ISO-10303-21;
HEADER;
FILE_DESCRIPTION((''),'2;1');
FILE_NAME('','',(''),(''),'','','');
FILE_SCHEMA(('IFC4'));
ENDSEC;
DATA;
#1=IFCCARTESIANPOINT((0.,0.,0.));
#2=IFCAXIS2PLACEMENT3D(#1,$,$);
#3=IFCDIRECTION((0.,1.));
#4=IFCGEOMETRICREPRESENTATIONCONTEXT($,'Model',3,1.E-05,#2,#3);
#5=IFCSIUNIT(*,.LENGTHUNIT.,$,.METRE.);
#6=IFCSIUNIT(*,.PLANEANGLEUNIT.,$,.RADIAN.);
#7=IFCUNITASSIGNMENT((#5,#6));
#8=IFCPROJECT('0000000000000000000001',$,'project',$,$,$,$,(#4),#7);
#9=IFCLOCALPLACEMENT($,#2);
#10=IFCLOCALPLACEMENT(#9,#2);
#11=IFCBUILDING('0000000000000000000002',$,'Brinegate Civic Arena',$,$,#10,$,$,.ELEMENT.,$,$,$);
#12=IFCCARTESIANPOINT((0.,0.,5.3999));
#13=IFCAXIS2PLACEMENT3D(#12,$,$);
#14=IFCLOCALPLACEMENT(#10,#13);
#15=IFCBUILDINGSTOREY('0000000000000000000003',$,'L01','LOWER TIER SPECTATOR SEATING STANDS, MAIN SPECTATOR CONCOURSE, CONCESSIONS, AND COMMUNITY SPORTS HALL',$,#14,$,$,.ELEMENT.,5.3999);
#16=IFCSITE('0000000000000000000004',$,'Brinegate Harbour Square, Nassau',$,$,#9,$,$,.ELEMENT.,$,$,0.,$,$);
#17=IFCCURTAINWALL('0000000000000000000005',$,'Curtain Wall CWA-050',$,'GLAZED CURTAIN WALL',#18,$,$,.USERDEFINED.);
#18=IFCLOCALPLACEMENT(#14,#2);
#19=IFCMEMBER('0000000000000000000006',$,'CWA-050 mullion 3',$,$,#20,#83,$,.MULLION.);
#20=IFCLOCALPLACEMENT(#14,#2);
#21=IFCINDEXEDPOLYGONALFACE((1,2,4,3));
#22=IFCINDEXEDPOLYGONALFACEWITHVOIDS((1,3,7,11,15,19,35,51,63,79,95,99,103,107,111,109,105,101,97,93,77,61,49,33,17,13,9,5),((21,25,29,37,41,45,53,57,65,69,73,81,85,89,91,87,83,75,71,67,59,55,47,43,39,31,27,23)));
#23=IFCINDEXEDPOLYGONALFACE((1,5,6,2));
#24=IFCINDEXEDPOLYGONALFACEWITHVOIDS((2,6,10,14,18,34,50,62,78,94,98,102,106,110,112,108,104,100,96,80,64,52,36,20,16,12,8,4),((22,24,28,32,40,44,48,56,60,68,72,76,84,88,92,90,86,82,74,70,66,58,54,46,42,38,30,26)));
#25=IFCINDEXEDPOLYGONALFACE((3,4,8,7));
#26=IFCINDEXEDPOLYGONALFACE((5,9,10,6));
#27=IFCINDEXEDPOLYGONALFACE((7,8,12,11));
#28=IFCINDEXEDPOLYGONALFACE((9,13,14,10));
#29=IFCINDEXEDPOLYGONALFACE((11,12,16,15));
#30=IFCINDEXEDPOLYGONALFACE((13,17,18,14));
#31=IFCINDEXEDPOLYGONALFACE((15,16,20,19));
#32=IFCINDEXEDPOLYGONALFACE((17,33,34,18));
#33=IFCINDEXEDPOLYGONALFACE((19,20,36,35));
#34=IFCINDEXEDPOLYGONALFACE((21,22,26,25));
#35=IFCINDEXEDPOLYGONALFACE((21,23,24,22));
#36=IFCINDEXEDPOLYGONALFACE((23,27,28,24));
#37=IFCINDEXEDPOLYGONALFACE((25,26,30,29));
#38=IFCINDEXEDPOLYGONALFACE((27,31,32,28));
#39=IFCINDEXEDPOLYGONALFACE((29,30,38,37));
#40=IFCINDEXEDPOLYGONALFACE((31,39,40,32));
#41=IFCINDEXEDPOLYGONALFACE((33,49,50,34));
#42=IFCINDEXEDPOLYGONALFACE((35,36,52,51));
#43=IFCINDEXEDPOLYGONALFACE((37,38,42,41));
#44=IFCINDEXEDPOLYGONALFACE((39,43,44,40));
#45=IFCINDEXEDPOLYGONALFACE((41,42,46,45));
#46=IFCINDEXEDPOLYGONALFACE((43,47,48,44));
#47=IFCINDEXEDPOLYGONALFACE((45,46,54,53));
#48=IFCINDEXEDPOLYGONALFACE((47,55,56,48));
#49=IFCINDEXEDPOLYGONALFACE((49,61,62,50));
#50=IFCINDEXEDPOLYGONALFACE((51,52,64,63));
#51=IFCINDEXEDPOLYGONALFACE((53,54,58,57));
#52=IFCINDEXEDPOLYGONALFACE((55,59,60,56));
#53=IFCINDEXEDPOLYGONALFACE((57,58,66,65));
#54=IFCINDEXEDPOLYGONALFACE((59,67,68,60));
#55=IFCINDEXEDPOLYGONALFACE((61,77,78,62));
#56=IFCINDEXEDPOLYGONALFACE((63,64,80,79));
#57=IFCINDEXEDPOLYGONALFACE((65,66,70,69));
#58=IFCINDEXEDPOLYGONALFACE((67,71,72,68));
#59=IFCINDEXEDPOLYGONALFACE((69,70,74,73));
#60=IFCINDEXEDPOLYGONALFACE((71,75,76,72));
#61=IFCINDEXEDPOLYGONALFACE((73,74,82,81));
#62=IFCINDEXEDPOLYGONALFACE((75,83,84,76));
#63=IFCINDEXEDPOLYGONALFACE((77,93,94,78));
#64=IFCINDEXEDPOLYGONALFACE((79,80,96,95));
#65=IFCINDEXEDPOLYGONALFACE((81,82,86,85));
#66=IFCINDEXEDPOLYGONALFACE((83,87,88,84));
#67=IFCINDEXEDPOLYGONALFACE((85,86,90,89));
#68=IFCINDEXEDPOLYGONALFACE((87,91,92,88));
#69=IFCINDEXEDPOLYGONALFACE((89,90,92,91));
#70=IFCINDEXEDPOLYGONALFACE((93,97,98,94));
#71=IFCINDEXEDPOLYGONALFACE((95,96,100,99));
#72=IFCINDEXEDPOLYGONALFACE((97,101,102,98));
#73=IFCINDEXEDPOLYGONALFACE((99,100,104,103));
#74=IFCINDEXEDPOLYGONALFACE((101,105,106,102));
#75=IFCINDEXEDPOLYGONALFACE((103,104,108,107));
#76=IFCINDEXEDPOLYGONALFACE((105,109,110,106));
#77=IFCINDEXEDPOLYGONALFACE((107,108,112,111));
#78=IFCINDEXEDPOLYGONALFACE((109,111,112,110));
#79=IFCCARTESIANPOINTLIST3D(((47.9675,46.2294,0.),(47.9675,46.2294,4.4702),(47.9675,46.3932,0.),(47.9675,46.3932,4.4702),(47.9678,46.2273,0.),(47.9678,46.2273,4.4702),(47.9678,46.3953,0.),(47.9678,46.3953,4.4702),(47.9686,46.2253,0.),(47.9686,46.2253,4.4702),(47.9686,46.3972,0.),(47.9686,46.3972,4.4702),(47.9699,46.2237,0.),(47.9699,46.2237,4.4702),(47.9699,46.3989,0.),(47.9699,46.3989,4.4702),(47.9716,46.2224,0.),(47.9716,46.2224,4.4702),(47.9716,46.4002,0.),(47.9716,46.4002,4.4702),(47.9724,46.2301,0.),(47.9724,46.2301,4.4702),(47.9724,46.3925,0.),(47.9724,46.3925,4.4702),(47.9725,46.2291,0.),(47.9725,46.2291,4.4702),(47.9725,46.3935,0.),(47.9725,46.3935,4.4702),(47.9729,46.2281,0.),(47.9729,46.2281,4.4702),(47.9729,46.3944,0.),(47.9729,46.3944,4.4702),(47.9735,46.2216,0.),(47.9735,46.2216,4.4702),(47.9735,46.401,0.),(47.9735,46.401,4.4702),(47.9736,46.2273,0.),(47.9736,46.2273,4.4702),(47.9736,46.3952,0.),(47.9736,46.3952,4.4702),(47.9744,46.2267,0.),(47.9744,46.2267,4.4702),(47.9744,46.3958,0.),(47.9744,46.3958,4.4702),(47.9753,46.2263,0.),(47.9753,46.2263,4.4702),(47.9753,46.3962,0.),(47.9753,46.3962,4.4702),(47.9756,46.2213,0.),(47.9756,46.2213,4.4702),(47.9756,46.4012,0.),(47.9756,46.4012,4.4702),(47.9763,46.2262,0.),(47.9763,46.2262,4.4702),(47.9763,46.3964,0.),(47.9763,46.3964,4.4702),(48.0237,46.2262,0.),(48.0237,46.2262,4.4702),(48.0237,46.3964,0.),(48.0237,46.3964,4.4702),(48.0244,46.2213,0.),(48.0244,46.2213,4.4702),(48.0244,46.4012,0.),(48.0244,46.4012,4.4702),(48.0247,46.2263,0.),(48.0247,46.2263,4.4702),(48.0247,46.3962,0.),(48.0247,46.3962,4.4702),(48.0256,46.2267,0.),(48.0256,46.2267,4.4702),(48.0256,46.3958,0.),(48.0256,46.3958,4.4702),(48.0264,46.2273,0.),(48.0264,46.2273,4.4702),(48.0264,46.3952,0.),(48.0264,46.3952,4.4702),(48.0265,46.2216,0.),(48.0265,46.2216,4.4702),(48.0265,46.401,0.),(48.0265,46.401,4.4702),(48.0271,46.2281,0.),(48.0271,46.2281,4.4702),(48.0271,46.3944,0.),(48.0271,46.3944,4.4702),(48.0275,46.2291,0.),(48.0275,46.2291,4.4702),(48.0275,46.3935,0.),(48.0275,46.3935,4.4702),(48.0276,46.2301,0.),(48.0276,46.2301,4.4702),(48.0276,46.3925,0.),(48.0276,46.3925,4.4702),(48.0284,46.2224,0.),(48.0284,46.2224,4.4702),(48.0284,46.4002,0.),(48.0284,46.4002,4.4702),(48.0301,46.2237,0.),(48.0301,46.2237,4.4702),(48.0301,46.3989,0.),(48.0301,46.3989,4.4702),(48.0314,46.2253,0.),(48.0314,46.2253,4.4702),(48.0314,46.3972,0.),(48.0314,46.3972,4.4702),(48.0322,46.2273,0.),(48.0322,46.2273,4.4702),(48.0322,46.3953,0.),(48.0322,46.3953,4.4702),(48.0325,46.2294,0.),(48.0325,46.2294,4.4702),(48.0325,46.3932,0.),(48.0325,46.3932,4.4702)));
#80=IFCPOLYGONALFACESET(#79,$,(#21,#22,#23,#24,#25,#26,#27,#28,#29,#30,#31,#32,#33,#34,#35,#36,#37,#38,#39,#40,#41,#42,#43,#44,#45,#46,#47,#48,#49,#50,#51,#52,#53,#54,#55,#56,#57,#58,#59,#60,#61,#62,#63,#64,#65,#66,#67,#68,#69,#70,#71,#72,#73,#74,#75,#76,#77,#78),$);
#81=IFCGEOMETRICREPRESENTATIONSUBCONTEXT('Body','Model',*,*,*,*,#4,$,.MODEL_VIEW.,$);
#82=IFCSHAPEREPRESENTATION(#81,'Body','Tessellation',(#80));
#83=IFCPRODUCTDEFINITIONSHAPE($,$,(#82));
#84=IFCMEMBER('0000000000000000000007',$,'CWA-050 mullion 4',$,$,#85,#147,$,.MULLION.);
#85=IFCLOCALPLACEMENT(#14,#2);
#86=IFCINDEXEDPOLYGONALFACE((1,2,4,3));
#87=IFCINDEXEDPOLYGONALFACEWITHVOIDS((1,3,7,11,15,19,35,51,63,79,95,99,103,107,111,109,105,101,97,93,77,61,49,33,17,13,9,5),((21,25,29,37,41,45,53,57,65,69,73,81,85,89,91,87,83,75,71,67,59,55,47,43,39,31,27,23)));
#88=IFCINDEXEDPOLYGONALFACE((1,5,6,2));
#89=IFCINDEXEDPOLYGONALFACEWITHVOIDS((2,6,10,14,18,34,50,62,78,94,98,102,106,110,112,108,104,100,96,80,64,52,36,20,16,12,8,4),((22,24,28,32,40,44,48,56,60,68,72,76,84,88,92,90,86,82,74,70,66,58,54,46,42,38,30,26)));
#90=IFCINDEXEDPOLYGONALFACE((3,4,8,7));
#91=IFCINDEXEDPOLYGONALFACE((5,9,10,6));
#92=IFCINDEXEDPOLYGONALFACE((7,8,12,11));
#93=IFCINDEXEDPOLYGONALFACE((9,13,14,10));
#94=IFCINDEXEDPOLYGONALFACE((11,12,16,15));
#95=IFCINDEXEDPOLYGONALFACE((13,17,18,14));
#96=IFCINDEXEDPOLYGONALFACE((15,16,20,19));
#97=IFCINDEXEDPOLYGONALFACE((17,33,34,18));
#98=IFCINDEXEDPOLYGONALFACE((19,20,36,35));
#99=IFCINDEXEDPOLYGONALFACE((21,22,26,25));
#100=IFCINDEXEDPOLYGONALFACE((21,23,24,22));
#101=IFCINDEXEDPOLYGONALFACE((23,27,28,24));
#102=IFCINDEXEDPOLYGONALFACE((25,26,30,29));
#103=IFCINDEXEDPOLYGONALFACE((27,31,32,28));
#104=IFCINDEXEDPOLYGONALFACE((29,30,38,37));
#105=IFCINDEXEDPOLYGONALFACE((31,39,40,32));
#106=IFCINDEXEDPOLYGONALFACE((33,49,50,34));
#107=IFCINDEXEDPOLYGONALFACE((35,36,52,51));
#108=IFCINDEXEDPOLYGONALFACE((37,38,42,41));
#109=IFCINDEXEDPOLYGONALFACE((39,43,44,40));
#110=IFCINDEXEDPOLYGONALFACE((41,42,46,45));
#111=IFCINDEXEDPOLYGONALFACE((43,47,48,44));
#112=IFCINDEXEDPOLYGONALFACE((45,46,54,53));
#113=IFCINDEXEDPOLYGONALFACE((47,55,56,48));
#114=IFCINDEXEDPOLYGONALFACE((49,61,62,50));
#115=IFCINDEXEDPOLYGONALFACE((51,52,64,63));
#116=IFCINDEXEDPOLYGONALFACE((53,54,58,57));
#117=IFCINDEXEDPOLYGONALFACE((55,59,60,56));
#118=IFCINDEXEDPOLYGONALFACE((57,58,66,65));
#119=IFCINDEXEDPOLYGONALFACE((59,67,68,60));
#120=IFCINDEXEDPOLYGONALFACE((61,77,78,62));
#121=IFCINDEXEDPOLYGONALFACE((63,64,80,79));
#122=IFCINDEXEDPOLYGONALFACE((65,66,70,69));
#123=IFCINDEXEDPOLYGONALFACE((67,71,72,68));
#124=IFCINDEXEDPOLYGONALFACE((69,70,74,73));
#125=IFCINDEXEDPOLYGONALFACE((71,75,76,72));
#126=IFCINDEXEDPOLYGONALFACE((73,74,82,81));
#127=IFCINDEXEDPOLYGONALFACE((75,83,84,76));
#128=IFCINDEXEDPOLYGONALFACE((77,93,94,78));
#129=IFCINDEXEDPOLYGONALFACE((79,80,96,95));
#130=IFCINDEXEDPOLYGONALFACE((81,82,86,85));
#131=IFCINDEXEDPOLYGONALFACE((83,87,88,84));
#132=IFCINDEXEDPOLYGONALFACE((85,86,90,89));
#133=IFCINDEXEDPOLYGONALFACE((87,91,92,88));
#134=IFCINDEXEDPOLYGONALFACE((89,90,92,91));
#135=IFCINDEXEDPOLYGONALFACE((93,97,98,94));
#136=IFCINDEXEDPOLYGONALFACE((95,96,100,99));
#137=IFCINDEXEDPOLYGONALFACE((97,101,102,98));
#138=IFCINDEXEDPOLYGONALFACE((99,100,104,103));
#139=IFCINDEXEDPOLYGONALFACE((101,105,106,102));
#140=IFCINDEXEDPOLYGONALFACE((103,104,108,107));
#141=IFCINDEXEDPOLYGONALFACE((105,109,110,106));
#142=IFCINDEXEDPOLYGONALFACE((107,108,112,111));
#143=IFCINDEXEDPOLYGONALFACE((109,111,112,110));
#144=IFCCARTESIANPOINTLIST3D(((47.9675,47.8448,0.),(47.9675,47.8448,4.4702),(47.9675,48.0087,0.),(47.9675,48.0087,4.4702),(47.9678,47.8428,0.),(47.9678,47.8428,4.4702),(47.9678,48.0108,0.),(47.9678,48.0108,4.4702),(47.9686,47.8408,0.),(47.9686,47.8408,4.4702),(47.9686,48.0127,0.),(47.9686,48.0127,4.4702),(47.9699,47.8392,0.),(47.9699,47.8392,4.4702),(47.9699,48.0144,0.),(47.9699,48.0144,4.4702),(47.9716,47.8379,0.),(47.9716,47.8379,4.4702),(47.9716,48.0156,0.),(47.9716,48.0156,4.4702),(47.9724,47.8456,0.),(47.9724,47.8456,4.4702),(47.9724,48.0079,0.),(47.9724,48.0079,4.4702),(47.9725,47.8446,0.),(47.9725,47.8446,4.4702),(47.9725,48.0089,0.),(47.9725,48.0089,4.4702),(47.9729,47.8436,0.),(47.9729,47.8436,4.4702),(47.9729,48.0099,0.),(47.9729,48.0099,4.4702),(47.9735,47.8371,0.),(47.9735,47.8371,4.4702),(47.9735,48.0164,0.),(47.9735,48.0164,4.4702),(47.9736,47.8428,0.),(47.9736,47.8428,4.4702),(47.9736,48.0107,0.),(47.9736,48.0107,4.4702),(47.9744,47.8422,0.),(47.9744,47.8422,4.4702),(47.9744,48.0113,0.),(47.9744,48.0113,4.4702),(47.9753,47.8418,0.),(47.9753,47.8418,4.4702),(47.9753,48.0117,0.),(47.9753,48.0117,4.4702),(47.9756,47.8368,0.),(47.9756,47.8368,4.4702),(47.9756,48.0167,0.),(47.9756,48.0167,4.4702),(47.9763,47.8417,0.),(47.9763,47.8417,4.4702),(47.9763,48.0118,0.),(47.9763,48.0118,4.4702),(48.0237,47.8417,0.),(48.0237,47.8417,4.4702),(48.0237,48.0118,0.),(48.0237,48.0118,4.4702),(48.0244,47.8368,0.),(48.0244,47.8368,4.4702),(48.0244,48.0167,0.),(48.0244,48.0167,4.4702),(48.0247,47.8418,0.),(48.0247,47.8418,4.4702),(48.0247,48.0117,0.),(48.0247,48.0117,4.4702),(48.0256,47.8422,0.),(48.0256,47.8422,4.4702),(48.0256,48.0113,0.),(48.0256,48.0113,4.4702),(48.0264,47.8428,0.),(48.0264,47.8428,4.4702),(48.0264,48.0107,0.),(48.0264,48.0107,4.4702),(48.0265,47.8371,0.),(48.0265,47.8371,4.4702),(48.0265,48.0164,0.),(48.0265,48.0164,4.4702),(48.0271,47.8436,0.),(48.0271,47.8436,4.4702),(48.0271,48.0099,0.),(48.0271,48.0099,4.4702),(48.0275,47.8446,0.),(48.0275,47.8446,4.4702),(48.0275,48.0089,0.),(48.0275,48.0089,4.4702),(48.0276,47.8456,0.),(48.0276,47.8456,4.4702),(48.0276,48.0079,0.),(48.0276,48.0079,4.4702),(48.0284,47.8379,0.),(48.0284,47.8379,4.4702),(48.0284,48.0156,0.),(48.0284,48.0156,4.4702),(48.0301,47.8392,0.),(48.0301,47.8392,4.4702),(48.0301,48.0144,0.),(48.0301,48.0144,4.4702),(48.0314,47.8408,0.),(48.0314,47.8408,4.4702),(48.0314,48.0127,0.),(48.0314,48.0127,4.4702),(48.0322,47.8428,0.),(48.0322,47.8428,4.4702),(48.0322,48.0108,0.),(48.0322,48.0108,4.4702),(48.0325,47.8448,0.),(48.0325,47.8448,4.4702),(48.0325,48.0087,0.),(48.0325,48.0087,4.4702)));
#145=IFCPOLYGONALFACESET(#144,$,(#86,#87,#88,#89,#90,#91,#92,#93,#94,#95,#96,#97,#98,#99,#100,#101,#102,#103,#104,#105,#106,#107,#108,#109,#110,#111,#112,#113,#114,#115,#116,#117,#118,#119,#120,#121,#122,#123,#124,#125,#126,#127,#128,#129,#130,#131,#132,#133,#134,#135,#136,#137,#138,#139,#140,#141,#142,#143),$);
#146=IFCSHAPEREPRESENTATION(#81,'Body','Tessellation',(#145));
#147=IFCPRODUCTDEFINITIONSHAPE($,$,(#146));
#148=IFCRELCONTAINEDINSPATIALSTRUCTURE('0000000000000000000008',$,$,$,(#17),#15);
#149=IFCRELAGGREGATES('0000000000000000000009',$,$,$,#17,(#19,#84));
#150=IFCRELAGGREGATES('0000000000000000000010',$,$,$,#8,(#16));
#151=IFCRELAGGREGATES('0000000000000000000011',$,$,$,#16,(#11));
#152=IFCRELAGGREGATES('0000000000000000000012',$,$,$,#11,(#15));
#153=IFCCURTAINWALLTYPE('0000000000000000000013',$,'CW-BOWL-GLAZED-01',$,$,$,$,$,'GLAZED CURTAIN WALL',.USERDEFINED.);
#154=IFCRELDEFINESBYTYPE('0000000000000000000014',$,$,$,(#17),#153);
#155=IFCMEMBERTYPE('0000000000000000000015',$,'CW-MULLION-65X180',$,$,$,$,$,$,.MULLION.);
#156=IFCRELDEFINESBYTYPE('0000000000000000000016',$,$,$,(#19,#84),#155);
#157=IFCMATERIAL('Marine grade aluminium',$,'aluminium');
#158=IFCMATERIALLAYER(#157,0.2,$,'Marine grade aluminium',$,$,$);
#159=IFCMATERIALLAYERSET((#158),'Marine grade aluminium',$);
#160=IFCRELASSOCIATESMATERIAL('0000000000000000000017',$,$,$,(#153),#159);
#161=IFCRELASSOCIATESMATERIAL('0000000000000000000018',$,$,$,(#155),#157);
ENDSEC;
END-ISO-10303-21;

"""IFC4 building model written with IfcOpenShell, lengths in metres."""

from ifc_helpers import new_model, si_unit, direction, frame, origin, origin_2d, place, context, subcontext, project, spatial, hollow_rectangle, extrude, material, layer, layer_set, material_profile, profile_set, type_object, element, aggregate, save


model = new_model("IFC4")

# Units and contexts
model_context = context("Model", 3, precision=1e-05, world=origin(), true_north=direction((0.0, 1.0)))
body_context = subcontext(model_context, "Body", "Model", "MODEL_VIEW")
ifc_project = project(units=[si_unit("LENGTHUNIT", "METRE"), si_unit("PLANEANGLEUNIT", "RADIAN")], contexts=[model_context])

# Site, building, storey
site_placement = place(None, origin())
site = spatial("IfcSite", under=ifc_project, at=site_placement, Name="Brinegate Harbour Square, Nassau", CompositionType="ELEMENT", RefElevation=0.0)
building_placement = place(site_placement, origin())
building = spatial("IfcBuilding", under=site, at=building_placement, Name="Brinegate Civic Arena", CompositionType="ELEMENT")
storey_placement = place(building_placement, frame((0.0, 0.0, 5.3999)))
storey = spatial("IfcBuildingStorey", under=building, at=storey_placement, Name="L01", Description="LOWER TIER SPECTATOR SEATING STANDS, MAIN SPECTATOR CONCOURSE, CONCESSIONS, AND COMMUNITY SPORTS HALL", CompositionType="ELEMENT", Elevation=5.3999)

# Curtain wall, members
ifc_material_1 = material(Name="Marine grade aluminium", Category="aluminium")
ifc_layer_1 = layer(ifc_material_1, 0.2, Name="Marine grade aluminium")
ifc_layer_set_1 = layer_set([ifc_layer_1], Name="Marine grade aluminium")
curtain_wall_type = type_object("IfcCurtainWallType", Name="CW-BOWL-GLAZED-01", ElementType="GLAZED CURTAIN WALL", PredefinedType="USERDEFINED", material=ifc_layer_set_1)
curtain_wall_placement = place(storey_placement, origin())
curtain_wall = element("IfcCurtainWall", 1, at=curtain_wall_placement, inside=storey, type_object=curtain_wall_type, Name="Curtain Wall CWA-050", ObjectType="GLAZED CURTAIN WALL", PredefinedType="USERDEFINED")
ifc_material_profile_1 = material_profile(ifc_material_1, hollow_rectangle(XDim=0.0649, YDim=0.1799, WallThickness=0.0049, InnerFilletRadius=0.0039, OuterFilletRadius=0.0081, at=origin_2d()), Name="MUL65X180")
ifc_profile_set_1 = profile_set([ifc_material_profile_1], Name="Marine grade aluminium")
member_type_1 = type_object("IfcMemberType", Name="CW-MULLION-65X180", PredefinedType="MULLION", material=ifc_profile_set_1)
member_1_placement = place(storey_placement, frame((48.0, 46.3113, 0.0), z_axis=(0.0, 0.0, 1.0), x_axis=(-1.0, 0.0, 0.0)))
member_1 = element("IfcMember", 2, at=member_1_placement, type_object=member_type_1, Name="CWA-050 mullion 3", PredefinedType="MULLION", context=body_context, shape_type="SweptSolid", body=[
    extrude(hollow_rectangle(XDim=0.0649, YDim=0.1799, WallThickness=0.0049, InnerFilletRadius=0.0039, OuterFilletRadius=0.0081, at=origin_2d()), origin(), (0.0, 0.0, 1.0), 4.4702),
])
member_2_placement = place(storey_placement, frame((48.0, 47.9268, 0.0), z_axis=(0.0, 0.0, 1.0), x_axis=(-1.0, 0.0, 0.0)))
member_2 = element("IfcMember", 3, at=member_2_placement, type_object=member_type_1, Name="CWA-050 mullion 4", PredefinedType="MULLION", context=body_context, shape_type="SweptSolid", body=[
    extrude(hollow_rectangle(XDim=0.0649, YDim=0.1799, WallThickness=0.0049, InnerFilletRadius=0.0039, OuterFilletRadius=0.0081, at=origin_2d()), origin(), (0.0, 0.0, 1.0), 4.4702),
])
aggregate(curtain_wall, [member_1, member_2])

save(model, "model.ifc")
